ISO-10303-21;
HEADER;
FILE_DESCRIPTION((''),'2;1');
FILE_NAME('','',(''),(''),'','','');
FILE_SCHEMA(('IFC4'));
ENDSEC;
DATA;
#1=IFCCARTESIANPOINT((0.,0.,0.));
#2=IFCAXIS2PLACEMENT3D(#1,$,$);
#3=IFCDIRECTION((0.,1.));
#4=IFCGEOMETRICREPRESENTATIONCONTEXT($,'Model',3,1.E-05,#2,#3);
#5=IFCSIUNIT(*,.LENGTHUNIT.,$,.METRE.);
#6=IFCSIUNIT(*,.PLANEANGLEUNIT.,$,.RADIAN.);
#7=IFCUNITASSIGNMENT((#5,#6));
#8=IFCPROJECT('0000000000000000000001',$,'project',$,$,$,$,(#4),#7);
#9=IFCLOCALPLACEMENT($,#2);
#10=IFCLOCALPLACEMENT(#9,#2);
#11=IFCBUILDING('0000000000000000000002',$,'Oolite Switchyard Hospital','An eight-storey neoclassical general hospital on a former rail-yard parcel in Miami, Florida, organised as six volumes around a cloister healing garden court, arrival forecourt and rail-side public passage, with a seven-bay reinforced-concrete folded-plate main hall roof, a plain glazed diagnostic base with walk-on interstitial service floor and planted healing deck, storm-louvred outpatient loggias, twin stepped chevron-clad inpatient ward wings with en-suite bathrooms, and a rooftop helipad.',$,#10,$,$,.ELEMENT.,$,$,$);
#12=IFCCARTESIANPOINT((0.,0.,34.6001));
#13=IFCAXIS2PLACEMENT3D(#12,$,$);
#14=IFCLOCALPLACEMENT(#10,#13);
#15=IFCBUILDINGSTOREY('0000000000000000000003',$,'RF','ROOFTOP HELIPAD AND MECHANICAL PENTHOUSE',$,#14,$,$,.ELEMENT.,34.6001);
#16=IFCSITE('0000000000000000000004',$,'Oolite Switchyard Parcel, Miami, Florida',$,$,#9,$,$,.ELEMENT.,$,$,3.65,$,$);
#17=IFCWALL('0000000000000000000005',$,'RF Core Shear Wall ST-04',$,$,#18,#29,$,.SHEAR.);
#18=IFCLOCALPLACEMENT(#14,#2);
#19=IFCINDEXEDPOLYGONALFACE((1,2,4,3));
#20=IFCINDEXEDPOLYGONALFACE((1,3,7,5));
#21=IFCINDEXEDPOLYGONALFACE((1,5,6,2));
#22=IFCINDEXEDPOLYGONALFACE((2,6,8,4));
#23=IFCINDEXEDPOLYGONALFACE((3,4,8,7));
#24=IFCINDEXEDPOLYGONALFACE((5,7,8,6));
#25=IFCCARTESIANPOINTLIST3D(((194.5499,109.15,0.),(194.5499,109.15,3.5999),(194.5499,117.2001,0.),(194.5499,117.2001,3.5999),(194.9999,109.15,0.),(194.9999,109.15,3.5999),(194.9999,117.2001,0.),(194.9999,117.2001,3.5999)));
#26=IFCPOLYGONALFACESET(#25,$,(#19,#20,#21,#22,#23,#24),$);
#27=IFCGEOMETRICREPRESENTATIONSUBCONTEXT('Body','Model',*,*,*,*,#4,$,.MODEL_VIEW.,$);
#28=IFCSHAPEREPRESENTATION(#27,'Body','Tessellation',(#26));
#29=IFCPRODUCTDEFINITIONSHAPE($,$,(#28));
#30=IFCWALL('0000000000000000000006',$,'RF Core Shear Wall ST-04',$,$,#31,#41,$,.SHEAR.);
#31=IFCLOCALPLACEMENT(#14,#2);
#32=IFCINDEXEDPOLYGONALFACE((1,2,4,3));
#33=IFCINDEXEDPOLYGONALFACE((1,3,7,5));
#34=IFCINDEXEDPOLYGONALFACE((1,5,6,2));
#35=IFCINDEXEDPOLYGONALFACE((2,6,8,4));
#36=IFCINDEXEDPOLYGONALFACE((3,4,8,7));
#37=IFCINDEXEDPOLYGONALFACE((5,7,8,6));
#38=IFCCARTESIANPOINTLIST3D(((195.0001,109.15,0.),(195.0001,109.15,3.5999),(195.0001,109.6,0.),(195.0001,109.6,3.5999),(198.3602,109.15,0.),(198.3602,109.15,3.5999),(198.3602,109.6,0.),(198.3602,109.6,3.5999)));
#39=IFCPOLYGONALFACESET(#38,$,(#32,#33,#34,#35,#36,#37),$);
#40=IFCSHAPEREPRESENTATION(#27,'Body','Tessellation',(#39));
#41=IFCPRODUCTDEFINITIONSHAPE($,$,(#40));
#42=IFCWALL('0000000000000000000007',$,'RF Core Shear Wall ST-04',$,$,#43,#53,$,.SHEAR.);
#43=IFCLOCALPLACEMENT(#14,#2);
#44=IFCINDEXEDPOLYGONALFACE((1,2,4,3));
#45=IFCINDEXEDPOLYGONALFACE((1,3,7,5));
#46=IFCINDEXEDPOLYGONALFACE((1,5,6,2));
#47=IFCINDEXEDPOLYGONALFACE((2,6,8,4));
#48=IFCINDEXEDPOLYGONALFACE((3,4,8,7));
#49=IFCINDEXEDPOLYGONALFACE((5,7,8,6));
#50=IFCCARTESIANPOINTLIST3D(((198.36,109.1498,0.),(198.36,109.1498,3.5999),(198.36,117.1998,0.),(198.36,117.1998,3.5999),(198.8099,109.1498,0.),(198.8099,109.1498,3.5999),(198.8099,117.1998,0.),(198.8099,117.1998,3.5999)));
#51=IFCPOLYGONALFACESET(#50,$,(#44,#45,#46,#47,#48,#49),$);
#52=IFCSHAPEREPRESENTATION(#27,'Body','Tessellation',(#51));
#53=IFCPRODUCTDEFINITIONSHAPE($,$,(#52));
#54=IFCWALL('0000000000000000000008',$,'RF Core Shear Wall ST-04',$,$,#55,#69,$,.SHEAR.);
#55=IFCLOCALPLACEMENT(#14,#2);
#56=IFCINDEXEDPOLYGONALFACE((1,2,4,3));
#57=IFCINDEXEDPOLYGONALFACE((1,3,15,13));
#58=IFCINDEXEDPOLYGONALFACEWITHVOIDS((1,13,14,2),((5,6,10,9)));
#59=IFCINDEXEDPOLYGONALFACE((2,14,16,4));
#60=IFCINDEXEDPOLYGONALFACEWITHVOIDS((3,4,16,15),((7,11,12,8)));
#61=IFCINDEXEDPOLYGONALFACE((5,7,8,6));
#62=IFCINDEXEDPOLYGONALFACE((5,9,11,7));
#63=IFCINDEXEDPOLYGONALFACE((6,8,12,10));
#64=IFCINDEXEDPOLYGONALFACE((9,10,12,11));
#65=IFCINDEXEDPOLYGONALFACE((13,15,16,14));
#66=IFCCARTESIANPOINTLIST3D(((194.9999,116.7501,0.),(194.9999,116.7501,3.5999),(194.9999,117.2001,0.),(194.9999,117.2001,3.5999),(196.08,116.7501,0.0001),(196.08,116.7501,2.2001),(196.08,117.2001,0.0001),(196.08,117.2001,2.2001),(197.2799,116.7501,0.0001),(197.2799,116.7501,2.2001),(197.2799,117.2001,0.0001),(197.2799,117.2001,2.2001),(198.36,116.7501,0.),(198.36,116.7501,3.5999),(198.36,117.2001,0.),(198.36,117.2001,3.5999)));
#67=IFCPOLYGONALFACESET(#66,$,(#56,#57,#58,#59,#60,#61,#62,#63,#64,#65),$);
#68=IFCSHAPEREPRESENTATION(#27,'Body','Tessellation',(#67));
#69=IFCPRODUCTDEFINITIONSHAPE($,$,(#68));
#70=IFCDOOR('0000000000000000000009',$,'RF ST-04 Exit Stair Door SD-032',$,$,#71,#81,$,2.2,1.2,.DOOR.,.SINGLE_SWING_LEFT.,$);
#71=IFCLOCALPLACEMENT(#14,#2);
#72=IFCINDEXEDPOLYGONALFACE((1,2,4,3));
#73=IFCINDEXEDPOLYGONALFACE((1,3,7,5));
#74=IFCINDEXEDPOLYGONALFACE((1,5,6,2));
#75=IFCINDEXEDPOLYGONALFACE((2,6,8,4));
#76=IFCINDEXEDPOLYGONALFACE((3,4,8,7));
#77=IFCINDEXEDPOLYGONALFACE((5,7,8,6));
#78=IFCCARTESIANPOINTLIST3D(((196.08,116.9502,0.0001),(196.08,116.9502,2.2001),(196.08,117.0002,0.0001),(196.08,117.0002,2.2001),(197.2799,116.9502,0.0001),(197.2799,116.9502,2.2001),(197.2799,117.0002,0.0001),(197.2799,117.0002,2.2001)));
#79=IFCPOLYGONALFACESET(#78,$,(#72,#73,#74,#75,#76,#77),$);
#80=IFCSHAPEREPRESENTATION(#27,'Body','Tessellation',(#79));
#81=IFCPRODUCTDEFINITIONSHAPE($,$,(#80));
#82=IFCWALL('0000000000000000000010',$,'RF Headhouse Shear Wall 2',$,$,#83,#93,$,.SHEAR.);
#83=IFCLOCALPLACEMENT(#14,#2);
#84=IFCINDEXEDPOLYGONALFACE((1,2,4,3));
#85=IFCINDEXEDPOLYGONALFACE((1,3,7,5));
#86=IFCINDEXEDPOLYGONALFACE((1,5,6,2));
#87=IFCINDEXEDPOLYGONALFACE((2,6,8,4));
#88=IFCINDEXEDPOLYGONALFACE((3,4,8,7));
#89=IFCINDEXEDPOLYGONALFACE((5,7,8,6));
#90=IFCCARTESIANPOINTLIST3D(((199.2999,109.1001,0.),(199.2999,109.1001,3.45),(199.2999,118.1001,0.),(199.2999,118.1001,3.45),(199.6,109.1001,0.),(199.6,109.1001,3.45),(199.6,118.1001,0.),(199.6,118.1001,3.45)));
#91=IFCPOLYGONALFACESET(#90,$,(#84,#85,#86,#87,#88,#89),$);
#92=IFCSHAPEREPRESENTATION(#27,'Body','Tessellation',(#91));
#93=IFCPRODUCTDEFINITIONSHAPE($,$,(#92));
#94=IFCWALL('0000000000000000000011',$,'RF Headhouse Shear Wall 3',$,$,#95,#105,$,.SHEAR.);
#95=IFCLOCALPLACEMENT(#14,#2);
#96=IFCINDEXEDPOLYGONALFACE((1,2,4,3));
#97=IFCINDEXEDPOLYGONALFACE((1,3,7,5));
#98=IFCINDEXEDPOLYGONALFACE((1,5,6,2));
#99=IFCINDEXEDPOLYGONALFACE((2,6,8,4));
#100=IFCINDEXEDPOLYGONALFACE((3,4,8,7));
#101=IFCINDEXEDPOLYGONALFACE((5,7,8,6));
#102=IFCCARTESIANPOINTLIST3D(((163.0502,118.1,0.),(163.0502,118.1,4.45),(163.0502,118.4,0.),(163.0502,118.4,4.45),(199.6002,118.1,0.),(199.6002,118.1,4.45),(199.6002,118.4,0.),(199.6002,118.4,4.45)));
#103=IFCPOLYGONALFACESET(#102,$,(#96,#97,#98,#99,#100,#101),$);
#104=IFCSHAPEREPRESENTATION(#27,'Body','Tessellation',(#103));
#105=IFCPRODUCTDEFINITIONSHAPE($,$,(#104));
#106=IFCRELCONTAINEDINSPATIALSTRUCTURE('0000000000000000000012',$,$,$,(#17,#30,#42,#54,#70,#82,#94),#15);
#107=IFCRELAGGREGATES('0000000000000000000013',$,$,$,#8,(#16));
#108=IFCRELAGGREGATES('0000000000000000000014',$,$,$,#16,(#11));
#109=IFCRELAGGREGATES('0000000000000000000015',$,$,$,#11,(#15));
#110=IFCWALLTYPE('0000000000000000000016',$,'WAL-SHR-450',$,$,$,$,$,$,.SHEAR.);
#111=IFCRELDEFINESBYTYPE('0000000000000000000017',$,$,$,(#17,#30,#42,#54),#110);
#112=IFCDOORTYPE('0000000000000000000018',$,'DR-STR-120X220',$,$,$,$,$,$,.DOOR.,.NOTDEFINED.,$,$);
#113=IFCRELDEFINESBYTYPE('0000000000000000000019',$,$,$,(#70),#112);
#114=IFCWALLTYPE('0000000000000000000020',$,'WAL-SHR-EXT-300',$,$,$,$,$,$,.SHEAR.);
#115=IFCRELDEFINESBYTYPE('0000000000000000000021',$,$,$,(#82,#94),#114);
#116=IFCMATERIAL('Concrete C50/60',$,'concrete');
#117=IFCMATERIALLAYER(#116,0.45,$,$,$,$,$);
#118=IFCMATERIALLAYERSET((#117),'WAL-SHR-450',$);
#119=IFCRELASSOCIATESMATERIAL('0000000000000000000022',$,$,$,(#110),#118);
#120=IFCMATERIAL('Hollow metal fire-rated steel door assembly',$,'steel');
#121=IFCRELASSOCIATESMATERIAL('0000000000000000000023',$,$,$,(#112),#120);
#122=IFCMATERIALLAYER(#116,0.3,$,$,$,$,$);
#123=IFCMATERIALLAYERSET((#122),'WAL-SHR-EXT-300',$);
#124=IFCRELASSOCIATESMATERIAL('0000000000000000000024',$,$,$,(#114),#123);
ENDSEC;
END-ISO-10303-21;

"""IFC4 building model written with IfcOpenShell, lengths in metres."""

from ifc_helpers import new_model, si_unit, direction, frame, frame_2d, origin, place, context, subcontext, project, spatial, rectangle, extrude, material, layer, layer_set, type_object, element, fill, save


model = new_model("IFC4")

# Units and contexts
model_context = context("Model", 3, precision=1e-05, world=origin(), true_north=direction((0.0, 1.0)))
body_context = subcontext(model_context, "Body", "Model", "MODEL_VIEW")
ifc_project = project(units=[si_unit("LENGTHUNIT", "METRE"), si_unit("PLANEANGLEUNIT", "RADIAN")], contexts=[model_context])

# Site, building, storey
site_placement = place(None, origin())
site = spatial("IfcSite", under=ifc_project, at=site_placement, Name="Oolite Switchyard Parcel, Miami, Florida", CompositionType="ELEMENT", RefElevation=3.65)
building_placement = place(site_placement, origin())
building = spatial("IfcBuilding", under=site, at=building_placement, Name="Oolite Switchyard Hospital", Description="An eight-storey neoclassical general hospital on a former rail-yard parcel in Miami, Florida, organised as six volumes around a cloister healing garden court, arrival forecourt and rail-side public passage, with a seven-bay reinforced-concrete folded-plate main hall roof, a plain glazed diagnostic base with walk-on interstitial service floor and planted healing deck, storm-louvred outpatient loggias, twin stepped chevron-clad inpatient ward wings with en-suite bathrooms, and a rooftop helipad.", CompositionType="ELEMENT")
storey_placement = place(building_placement, frame((0.0, 0.0, 34.6001)))
storey = spatial("IfcBuildingStorey", under=building, at=storey_placement, Name="RF", Description="ROOFTOP HELIPAD AND MECHANICAL PENTHOUSE", CompositionType="ELEMENT", Elevation=34.6001)

# Walls
ifc_material_1 = material(Name="Concrete C50/60", Category="concrete")
ifc_layer_1 = layer(ifc_material_1, 0.45)
ifc_layer_set_1 = layer_set([ifc_layer_1], Name="WAL-SHR-450")
wall_type_1 = type_object("IfcWallType", Name="WAL-SHR-450", PredefinedType="SHEAR", material=ifc_layer_set_1)
wall_1_placement = place(storey_placement, frame((194.7749, 117.2, 0.0), z_axis=(0.0, 0.0, 1.0), x_axis=(0.0, -1.0, 0.0)))
element("IfcWall", 1, at=wall_1_placement, inside=storey, type_object=wall_type_1, Name="RF Core Shear Wall ST-04", PredefinedType="SHEAR", context=body_context, shape_type="SweptSolid", body=[
    extrude(rectangle(XDim=8.05, YDim=0.45, at=frame_2d((4.0249, 0.0))), origin(), (0.0, 0.0, 1.0), 3.5999),
])
wall_2_placement = place(storey_placement, frame((195.0, 109.375, 0.0), z_axis=(0.0, 0.0, 1.0), x_axis=(1.0, 0.0, 0.0)))
element("IfcWall", 2, at=wall_2_placement, inside=storey, type_object=wall_type_1, Name="RF Core Shear Wall ST-04", PredefinedType="SHEAR", context=body_context, shape_type="SweptSolid", body=[
    extrude(rectangle(XDim=3.3601, YDim=0.45, at=frame_2d((1.6802, 0.0))), origin(), (0.0, 0.0, 1.0), 3.5999),
])
wall_3_placement = place(storey_placement, frame((198.585, 109.1499, 0.0), z_axis=(0.0, 0.0, 1.0), x_axis=(0.0, 1.0, 0.0)))
element("IfcWall", 3, at=wall_3_placement, inside=storey, type_object=wall_type_1, Name="RF Core Shear Wall ST-04", PredefinedType="SHEAR", context=body_context, shape_type="SweptSolid", body=[
    extrude(rectangle(XDim=8.05, YDim=0.45, at=frame_2d((4.0249, 0.0))), origin(), (0.0, 0.0, 1.0), 3.5999),
])

# Wall, opening, door
wall_4_placement = place(storey_placement, frame((198.3601, 116.9751, 0.0), z_axis=(0.0, 0.0, 1.0), x_axis=(-1.0, 0.0, 0.0)))
wall_4 = element("IfcWall", 4, at=wall_4_placement, inside=storey, type_object=wall_type_1, Name="RF Core Shear Wall ST-04", PredefinedType="SHEAR", context=body_context, shape_type="SweptSolid", body=[
    extrude(rectangle(XDim=3.3601, YDim=0.45, at=frame_2d((1.6802, 0.0))), origin(), (0.0, 0.0, 1.0), 3.5999),
])
opening_placement = place(wall_4_placement, frame((1.0801, 0.0, 0.0)))
opening = element("IfcOpeningElement", 5, at=opening_placement, cuts=wall_4, PredefinedType="OPENING", context=body_context, shape_type="SweptSolid", body=[
    extrude(rectangle(XDim=1.2, YDim=2.2, at=frame_2d((0.6001, 1.1001))), frame((0.0, 0.2349, 0.0), z_axis=(0.0, -1.0, 0.0), x_axis=(1.0, 0.0, 0.0)), (0.0, 0.0, 1.0), 0.47),
])
ifc_material_2 = material(Name="Hollow metal fire-rated steel door assembly", Category="steel")
door_type = type_object("IfcDoorType", Name="DR-STR-120X220", OperationType="NOTDEFINED", PredefinedType="DOOR", material=ifc_material_2)
door_placement = place(opening_placement, origin())
door = element("IfcDoor", 6, at=door_placement, inside=storey, type_object=door_type, Name="RF ST-04 Exit Stair Door SD-032", OperationType="SINGLE_SWING_LEFT", OverallHeight=2.2, OverallWidth=1.2, PredefinedType="DOOR", context=body_context, shape_type="SweptSolid", body=[
    extrude(rectangle(XDim=1.2, YDim=2.2, at=frame_2d((0.6001, 1.1001))), frame((0.0, 0.0249, 0.0), z_axis=(0.0, -1.0, 0.0), x_axis=(1.0, 0.0, 0.0)), (0.0, 0.0, 1.0), 0.05),
])
fill(opening, door)

# Walls
ifc_layer_2 = layer(ifc_material_1, 0.3)
ifc_layer_set_2 = layer_set([ifc_layer_2], Name="WAL-SHR-EXT-300")
wall_type_2 = type_object("IfcWallType", Name="WAL-SHR-EXT-300", PredefinedType="SHEAR", material=ifc_layer_set_2)
wall_5_placement = place(storey_placement, frame((199.45, 109.1001, 0.0), z_axis=(0.0, 0.0, 1.0), x_axis=(0.0, 1.0, 0.0)))
element("IfcWall", 7, at=wall_5_placement, inside=storey, type_object=wall_type_2, Name="RF Headhouse Shear Wall 2", PredefinedType="SHEAR", context=body_context, shape_type="SweptSolid", body=[
    extrude(rectangle(XDim=9.0, YDim=0.3, at=frame_2d((4.5, 0.0))), origin(), (0.0, 0.0, 1.0), 3.45),
])
wall_6_placement = place(storey_placement, frame((199.6001, 118.25, 0.0), z_axis=(0.0, 0.0, 1.0), x_axis=(-1.0, 0.0, 0.0)))
element("IfcWall", 8, at=wall_6_placement, inside=storey, type_object=wall_type_2, Name="RF Headhouse Shear Wall 3", PredefinedType="SHEAR", context=body_context, shape_type="SweptSolid", body=[
    extrude(rectangle(XDim=36.55, YDim=0.3, at=frame_2d((18.2749, 0.0))), origin(), (0.0, 0.0, 1.0), 4.45),
])

save(model, "model.ifc")
